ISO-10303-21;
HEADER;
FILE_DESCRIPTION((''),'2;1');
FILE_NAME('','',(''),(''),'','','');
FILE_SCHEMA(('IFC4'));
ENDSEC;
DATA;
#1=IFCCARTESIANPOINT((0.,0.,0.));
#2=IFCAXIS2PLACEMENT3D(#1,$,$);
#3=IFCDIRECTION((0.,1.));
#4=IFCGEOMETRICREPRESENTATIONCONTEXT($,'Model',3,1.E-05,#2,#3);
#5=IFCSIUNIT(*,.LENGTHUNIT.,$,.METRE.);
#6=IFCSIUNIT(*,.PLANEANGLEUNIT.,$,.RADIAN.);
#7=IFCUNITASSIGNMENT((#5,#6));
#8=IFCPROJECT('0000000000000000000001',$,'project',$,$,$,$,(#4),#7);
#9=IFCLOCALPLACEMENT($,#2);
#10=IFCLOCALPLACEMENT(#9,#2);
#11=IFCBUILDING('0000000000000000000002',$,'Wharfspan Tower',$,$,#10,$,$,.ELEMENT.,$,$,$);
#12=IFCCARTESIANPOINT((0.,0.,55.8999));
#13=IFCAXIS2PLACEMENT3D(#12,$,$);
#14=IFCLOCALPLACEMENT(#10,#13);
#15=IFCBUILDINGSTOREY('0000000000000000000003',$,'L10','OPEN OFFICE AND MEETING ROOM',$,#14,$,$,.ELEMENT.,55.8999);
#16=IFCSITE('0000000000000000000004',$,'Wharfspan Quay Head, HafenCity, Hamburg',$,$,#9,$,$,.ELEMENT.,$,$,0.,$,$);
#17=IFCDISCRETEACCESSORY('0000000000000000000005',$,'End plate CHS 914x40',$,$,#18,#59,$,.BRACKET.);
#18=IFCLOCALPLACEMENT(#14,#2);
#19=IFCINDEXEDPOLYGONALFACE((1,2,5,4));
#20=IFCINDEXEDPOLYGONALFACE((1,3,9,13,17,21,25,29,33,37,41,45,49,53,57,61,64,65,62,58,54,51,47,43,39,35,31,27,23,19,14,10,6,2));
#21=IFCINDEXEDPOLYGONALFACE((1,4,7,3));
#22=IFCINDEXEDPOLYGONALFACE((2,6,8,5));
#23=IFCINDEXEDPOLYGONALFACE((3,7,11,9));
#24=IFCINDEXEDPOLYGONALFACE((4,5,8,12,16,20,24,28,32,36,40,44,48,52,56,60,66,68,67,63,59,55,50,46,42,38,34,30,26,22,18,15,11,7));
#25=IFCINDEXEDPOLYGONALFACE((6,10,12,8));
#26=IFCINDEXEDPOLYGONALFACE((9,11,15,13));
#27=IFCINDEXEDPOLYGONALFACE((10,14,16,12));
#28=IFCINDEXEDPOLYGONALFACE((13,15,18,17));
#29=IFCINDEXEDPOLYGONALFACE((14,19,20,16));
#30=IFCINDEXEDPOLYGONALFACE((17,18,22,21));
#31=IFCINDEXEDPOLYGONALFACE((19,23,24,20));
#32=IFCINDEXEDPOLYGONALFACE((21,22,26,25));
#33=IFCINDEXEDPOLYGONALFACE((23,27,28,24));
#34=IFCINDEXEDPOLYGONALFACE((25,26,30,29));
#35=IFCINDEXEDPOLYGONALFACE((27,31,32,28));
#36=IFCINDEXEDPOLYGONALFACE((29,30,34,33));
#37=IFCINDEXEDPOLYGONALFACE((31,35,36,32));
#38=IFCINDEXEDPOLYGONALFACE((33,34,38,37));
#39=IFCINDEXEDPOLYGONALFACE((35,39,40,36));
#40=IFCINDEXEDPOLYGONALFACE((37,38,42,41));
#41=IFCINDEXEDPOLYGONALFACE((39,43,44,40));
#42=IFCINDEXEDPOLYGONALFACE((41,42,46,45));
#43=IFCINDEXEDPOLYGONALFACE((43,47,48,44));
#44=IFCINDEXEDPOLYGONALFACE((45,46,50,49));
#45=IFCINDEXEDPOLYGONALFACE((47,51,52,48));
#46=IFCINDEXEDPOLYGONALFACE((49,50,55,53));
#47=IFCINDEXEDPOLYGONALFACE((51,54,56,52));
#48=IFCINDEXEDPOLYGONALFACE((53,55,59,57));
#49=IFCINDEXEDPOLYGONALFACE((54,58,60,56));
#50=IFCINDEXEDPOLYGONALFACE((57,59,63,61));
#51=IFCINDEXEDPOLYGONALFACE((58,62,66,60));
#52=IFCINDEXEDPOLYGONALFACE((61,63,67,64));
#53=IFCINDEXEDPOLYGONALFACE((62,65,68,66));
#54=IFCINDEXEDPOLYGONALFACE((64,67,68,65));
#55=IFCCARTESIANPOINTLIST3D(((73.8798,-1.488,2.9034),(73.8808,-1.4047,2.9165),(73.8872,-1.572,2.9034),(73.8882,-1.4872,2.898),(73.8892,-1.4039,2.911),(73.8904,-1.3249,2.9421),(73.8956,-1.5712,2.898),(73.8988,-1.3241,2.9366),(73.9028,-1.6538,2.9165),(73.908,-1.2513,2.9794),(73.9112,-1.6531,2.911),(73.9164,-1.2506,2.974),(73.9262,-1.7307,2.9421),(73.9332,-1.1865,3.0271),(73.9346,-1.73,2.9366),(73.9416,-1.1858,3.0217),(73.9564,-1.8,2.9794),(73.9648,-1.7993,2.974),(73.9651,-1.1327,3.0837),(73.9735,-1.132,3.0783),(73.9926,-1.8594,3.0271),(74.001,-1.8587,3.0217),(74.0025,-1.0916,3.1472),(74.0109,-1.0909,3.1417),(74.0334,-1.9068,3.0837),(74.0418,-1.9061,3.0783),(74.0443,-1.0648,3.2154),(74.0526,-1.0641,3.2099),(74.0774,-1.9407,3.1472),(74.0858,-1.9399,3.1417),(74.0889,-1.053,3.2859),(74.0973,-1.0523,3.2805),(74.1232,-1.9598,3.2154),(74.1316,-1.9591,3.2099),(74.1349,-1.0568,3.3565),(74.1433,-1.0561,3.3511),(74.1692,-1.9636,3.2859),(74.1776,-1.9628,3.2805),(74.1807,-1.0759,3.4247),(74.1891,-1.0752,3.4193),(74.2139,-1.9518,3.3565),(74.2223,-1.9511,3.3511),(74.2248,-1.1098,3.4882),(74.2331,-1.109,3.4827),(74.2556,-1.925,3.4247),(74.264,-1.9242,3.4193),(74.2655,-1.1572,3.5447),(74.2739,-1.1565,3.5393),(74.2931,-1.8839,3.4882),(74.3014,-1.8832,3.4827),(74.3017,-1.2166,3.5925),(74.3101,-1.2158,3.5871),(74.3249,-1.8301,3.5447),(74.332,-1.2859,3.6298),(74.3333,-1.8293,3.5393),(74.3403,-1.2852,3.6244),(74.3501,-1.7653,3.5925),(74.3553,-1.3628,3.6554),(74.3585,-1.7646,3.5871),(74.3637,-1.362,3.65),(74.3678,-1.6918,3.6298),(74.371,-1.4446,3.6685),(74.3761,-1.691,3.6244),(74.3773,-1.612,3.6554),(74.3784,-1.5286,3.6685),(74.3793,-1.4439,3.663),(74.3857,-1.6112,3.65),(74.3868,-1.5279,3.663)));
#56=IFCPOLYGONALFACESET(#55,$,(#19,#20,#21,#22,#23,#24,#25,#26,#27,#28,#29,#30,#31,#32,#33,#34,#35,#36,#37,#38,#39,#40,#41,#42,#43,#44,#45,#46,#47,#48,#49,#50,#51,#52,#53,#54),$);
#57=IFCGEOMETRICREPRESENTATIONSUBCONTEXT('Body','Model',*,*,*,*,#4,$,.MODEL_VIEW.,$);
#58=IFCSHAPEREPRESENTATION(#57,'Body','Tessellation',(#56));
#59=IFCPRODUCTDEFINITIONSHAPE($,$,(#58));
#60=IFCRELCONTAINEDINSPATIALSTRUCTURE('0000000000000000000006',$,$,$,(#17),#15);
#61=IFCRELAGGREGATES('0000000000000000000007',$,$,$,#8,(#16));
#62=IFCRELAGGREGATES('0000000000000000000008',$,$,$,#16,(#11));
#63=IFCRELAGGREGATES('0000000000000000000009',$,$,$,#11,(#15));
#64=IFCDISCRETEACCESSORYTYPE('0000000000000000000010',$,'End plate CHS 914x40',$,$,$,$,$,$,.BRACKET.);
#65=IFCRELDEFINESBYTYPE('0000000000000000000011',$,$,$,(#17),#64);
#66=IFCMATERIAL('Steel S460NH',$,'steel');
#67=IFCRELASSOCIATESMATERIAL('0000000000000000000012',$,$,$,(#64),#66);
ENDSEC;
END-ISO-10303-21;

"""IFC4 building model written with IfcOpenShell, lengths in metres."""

from ifc_helpers import new_model, si_unit, direction, frame, origin, origin_2d, place, context, subcontext, project, spatial, circle, extrude, material, material_profile, profile_set, type_object, element, save


model = new_model("IFC4")

# Units and contexts
model_context = context("Model", 3, precision=1e-05, world=origin(), true_north=direction((0.0, 1.0)))
body_context = subcontext(model_context, "Body", "Model", "MODEL_VIEW")
ifc_project = project(units=[si_unit("LENGTHUNIT", "METRE"), si_unit("PLANEANGLEUNIT", "RADIAN")], contexts=[model_context])

# Site, building, storey
site_placement = place(None, origin())
site = spatial("IfcSite", under=ifc_project, at=site_placement, Name="Wharfspan Quay Head, HafenCity, Hamburg", CompositionType="ELEMENT", RefElevation=0.0)
building_placement = place(site_placement, origin())
building = spatial("IfcBuilding", under=site, at=building_placement, Name="Wharfspan Tower", CompositionType="ELEMENT")
storey_placement = place(building_placement, frame((0.0, 0.0, 55.8999)))
storey = spatial("IfcBuildingStorey", under=building, at=storey_placement, Name="L10", Description="OPEN OFFICE AND MEETING ROOM", CompositionType="ELEMENT", Elevation=55.8999)

# Shared definitions
ifc_material_1 = material(Name="Steel S460NH", Category="steel")

# Discrete accessory
ifc_material_profile_1 = material_profile(ifc_material_1, circle(Radius=0.457, at=origin_2d()))
ifc_profile_set_1 = profile_set([ifc_material_profile_1], Name="Steel S460NH")
discrete_accessory_type = type_object("IfcDiscreteAccessoryType", Name="End plate CHS 914x40", PredefinedType="BRACKET", material=ifc_profile_set_1)
for number, where, z_axis, x_axis, name in (
    (1, (74.1375, -1.5076, 3.2805), (-0.837276, -0.073877, 0.541767), (0.087893, -0.996132, -0.000001), "End plate CHS 914x40"),
):
    element("IfcDiscreteAccessory", number, at=place(storey_placement, frame(where, z_axis=z_axis, x_axis=x_axis)), inside=storey, type_object=discrete_accessory_type, Name=name, PredefinedType="BRACKET", context=body_context, shape_type="SweptSolid", body=[
        extrude(circle(Radius=0.457, at=origin_2d()), origin(), (0.0, 0.0, 1.0), 0.01),
    ])

save(model, "model.ifc")
